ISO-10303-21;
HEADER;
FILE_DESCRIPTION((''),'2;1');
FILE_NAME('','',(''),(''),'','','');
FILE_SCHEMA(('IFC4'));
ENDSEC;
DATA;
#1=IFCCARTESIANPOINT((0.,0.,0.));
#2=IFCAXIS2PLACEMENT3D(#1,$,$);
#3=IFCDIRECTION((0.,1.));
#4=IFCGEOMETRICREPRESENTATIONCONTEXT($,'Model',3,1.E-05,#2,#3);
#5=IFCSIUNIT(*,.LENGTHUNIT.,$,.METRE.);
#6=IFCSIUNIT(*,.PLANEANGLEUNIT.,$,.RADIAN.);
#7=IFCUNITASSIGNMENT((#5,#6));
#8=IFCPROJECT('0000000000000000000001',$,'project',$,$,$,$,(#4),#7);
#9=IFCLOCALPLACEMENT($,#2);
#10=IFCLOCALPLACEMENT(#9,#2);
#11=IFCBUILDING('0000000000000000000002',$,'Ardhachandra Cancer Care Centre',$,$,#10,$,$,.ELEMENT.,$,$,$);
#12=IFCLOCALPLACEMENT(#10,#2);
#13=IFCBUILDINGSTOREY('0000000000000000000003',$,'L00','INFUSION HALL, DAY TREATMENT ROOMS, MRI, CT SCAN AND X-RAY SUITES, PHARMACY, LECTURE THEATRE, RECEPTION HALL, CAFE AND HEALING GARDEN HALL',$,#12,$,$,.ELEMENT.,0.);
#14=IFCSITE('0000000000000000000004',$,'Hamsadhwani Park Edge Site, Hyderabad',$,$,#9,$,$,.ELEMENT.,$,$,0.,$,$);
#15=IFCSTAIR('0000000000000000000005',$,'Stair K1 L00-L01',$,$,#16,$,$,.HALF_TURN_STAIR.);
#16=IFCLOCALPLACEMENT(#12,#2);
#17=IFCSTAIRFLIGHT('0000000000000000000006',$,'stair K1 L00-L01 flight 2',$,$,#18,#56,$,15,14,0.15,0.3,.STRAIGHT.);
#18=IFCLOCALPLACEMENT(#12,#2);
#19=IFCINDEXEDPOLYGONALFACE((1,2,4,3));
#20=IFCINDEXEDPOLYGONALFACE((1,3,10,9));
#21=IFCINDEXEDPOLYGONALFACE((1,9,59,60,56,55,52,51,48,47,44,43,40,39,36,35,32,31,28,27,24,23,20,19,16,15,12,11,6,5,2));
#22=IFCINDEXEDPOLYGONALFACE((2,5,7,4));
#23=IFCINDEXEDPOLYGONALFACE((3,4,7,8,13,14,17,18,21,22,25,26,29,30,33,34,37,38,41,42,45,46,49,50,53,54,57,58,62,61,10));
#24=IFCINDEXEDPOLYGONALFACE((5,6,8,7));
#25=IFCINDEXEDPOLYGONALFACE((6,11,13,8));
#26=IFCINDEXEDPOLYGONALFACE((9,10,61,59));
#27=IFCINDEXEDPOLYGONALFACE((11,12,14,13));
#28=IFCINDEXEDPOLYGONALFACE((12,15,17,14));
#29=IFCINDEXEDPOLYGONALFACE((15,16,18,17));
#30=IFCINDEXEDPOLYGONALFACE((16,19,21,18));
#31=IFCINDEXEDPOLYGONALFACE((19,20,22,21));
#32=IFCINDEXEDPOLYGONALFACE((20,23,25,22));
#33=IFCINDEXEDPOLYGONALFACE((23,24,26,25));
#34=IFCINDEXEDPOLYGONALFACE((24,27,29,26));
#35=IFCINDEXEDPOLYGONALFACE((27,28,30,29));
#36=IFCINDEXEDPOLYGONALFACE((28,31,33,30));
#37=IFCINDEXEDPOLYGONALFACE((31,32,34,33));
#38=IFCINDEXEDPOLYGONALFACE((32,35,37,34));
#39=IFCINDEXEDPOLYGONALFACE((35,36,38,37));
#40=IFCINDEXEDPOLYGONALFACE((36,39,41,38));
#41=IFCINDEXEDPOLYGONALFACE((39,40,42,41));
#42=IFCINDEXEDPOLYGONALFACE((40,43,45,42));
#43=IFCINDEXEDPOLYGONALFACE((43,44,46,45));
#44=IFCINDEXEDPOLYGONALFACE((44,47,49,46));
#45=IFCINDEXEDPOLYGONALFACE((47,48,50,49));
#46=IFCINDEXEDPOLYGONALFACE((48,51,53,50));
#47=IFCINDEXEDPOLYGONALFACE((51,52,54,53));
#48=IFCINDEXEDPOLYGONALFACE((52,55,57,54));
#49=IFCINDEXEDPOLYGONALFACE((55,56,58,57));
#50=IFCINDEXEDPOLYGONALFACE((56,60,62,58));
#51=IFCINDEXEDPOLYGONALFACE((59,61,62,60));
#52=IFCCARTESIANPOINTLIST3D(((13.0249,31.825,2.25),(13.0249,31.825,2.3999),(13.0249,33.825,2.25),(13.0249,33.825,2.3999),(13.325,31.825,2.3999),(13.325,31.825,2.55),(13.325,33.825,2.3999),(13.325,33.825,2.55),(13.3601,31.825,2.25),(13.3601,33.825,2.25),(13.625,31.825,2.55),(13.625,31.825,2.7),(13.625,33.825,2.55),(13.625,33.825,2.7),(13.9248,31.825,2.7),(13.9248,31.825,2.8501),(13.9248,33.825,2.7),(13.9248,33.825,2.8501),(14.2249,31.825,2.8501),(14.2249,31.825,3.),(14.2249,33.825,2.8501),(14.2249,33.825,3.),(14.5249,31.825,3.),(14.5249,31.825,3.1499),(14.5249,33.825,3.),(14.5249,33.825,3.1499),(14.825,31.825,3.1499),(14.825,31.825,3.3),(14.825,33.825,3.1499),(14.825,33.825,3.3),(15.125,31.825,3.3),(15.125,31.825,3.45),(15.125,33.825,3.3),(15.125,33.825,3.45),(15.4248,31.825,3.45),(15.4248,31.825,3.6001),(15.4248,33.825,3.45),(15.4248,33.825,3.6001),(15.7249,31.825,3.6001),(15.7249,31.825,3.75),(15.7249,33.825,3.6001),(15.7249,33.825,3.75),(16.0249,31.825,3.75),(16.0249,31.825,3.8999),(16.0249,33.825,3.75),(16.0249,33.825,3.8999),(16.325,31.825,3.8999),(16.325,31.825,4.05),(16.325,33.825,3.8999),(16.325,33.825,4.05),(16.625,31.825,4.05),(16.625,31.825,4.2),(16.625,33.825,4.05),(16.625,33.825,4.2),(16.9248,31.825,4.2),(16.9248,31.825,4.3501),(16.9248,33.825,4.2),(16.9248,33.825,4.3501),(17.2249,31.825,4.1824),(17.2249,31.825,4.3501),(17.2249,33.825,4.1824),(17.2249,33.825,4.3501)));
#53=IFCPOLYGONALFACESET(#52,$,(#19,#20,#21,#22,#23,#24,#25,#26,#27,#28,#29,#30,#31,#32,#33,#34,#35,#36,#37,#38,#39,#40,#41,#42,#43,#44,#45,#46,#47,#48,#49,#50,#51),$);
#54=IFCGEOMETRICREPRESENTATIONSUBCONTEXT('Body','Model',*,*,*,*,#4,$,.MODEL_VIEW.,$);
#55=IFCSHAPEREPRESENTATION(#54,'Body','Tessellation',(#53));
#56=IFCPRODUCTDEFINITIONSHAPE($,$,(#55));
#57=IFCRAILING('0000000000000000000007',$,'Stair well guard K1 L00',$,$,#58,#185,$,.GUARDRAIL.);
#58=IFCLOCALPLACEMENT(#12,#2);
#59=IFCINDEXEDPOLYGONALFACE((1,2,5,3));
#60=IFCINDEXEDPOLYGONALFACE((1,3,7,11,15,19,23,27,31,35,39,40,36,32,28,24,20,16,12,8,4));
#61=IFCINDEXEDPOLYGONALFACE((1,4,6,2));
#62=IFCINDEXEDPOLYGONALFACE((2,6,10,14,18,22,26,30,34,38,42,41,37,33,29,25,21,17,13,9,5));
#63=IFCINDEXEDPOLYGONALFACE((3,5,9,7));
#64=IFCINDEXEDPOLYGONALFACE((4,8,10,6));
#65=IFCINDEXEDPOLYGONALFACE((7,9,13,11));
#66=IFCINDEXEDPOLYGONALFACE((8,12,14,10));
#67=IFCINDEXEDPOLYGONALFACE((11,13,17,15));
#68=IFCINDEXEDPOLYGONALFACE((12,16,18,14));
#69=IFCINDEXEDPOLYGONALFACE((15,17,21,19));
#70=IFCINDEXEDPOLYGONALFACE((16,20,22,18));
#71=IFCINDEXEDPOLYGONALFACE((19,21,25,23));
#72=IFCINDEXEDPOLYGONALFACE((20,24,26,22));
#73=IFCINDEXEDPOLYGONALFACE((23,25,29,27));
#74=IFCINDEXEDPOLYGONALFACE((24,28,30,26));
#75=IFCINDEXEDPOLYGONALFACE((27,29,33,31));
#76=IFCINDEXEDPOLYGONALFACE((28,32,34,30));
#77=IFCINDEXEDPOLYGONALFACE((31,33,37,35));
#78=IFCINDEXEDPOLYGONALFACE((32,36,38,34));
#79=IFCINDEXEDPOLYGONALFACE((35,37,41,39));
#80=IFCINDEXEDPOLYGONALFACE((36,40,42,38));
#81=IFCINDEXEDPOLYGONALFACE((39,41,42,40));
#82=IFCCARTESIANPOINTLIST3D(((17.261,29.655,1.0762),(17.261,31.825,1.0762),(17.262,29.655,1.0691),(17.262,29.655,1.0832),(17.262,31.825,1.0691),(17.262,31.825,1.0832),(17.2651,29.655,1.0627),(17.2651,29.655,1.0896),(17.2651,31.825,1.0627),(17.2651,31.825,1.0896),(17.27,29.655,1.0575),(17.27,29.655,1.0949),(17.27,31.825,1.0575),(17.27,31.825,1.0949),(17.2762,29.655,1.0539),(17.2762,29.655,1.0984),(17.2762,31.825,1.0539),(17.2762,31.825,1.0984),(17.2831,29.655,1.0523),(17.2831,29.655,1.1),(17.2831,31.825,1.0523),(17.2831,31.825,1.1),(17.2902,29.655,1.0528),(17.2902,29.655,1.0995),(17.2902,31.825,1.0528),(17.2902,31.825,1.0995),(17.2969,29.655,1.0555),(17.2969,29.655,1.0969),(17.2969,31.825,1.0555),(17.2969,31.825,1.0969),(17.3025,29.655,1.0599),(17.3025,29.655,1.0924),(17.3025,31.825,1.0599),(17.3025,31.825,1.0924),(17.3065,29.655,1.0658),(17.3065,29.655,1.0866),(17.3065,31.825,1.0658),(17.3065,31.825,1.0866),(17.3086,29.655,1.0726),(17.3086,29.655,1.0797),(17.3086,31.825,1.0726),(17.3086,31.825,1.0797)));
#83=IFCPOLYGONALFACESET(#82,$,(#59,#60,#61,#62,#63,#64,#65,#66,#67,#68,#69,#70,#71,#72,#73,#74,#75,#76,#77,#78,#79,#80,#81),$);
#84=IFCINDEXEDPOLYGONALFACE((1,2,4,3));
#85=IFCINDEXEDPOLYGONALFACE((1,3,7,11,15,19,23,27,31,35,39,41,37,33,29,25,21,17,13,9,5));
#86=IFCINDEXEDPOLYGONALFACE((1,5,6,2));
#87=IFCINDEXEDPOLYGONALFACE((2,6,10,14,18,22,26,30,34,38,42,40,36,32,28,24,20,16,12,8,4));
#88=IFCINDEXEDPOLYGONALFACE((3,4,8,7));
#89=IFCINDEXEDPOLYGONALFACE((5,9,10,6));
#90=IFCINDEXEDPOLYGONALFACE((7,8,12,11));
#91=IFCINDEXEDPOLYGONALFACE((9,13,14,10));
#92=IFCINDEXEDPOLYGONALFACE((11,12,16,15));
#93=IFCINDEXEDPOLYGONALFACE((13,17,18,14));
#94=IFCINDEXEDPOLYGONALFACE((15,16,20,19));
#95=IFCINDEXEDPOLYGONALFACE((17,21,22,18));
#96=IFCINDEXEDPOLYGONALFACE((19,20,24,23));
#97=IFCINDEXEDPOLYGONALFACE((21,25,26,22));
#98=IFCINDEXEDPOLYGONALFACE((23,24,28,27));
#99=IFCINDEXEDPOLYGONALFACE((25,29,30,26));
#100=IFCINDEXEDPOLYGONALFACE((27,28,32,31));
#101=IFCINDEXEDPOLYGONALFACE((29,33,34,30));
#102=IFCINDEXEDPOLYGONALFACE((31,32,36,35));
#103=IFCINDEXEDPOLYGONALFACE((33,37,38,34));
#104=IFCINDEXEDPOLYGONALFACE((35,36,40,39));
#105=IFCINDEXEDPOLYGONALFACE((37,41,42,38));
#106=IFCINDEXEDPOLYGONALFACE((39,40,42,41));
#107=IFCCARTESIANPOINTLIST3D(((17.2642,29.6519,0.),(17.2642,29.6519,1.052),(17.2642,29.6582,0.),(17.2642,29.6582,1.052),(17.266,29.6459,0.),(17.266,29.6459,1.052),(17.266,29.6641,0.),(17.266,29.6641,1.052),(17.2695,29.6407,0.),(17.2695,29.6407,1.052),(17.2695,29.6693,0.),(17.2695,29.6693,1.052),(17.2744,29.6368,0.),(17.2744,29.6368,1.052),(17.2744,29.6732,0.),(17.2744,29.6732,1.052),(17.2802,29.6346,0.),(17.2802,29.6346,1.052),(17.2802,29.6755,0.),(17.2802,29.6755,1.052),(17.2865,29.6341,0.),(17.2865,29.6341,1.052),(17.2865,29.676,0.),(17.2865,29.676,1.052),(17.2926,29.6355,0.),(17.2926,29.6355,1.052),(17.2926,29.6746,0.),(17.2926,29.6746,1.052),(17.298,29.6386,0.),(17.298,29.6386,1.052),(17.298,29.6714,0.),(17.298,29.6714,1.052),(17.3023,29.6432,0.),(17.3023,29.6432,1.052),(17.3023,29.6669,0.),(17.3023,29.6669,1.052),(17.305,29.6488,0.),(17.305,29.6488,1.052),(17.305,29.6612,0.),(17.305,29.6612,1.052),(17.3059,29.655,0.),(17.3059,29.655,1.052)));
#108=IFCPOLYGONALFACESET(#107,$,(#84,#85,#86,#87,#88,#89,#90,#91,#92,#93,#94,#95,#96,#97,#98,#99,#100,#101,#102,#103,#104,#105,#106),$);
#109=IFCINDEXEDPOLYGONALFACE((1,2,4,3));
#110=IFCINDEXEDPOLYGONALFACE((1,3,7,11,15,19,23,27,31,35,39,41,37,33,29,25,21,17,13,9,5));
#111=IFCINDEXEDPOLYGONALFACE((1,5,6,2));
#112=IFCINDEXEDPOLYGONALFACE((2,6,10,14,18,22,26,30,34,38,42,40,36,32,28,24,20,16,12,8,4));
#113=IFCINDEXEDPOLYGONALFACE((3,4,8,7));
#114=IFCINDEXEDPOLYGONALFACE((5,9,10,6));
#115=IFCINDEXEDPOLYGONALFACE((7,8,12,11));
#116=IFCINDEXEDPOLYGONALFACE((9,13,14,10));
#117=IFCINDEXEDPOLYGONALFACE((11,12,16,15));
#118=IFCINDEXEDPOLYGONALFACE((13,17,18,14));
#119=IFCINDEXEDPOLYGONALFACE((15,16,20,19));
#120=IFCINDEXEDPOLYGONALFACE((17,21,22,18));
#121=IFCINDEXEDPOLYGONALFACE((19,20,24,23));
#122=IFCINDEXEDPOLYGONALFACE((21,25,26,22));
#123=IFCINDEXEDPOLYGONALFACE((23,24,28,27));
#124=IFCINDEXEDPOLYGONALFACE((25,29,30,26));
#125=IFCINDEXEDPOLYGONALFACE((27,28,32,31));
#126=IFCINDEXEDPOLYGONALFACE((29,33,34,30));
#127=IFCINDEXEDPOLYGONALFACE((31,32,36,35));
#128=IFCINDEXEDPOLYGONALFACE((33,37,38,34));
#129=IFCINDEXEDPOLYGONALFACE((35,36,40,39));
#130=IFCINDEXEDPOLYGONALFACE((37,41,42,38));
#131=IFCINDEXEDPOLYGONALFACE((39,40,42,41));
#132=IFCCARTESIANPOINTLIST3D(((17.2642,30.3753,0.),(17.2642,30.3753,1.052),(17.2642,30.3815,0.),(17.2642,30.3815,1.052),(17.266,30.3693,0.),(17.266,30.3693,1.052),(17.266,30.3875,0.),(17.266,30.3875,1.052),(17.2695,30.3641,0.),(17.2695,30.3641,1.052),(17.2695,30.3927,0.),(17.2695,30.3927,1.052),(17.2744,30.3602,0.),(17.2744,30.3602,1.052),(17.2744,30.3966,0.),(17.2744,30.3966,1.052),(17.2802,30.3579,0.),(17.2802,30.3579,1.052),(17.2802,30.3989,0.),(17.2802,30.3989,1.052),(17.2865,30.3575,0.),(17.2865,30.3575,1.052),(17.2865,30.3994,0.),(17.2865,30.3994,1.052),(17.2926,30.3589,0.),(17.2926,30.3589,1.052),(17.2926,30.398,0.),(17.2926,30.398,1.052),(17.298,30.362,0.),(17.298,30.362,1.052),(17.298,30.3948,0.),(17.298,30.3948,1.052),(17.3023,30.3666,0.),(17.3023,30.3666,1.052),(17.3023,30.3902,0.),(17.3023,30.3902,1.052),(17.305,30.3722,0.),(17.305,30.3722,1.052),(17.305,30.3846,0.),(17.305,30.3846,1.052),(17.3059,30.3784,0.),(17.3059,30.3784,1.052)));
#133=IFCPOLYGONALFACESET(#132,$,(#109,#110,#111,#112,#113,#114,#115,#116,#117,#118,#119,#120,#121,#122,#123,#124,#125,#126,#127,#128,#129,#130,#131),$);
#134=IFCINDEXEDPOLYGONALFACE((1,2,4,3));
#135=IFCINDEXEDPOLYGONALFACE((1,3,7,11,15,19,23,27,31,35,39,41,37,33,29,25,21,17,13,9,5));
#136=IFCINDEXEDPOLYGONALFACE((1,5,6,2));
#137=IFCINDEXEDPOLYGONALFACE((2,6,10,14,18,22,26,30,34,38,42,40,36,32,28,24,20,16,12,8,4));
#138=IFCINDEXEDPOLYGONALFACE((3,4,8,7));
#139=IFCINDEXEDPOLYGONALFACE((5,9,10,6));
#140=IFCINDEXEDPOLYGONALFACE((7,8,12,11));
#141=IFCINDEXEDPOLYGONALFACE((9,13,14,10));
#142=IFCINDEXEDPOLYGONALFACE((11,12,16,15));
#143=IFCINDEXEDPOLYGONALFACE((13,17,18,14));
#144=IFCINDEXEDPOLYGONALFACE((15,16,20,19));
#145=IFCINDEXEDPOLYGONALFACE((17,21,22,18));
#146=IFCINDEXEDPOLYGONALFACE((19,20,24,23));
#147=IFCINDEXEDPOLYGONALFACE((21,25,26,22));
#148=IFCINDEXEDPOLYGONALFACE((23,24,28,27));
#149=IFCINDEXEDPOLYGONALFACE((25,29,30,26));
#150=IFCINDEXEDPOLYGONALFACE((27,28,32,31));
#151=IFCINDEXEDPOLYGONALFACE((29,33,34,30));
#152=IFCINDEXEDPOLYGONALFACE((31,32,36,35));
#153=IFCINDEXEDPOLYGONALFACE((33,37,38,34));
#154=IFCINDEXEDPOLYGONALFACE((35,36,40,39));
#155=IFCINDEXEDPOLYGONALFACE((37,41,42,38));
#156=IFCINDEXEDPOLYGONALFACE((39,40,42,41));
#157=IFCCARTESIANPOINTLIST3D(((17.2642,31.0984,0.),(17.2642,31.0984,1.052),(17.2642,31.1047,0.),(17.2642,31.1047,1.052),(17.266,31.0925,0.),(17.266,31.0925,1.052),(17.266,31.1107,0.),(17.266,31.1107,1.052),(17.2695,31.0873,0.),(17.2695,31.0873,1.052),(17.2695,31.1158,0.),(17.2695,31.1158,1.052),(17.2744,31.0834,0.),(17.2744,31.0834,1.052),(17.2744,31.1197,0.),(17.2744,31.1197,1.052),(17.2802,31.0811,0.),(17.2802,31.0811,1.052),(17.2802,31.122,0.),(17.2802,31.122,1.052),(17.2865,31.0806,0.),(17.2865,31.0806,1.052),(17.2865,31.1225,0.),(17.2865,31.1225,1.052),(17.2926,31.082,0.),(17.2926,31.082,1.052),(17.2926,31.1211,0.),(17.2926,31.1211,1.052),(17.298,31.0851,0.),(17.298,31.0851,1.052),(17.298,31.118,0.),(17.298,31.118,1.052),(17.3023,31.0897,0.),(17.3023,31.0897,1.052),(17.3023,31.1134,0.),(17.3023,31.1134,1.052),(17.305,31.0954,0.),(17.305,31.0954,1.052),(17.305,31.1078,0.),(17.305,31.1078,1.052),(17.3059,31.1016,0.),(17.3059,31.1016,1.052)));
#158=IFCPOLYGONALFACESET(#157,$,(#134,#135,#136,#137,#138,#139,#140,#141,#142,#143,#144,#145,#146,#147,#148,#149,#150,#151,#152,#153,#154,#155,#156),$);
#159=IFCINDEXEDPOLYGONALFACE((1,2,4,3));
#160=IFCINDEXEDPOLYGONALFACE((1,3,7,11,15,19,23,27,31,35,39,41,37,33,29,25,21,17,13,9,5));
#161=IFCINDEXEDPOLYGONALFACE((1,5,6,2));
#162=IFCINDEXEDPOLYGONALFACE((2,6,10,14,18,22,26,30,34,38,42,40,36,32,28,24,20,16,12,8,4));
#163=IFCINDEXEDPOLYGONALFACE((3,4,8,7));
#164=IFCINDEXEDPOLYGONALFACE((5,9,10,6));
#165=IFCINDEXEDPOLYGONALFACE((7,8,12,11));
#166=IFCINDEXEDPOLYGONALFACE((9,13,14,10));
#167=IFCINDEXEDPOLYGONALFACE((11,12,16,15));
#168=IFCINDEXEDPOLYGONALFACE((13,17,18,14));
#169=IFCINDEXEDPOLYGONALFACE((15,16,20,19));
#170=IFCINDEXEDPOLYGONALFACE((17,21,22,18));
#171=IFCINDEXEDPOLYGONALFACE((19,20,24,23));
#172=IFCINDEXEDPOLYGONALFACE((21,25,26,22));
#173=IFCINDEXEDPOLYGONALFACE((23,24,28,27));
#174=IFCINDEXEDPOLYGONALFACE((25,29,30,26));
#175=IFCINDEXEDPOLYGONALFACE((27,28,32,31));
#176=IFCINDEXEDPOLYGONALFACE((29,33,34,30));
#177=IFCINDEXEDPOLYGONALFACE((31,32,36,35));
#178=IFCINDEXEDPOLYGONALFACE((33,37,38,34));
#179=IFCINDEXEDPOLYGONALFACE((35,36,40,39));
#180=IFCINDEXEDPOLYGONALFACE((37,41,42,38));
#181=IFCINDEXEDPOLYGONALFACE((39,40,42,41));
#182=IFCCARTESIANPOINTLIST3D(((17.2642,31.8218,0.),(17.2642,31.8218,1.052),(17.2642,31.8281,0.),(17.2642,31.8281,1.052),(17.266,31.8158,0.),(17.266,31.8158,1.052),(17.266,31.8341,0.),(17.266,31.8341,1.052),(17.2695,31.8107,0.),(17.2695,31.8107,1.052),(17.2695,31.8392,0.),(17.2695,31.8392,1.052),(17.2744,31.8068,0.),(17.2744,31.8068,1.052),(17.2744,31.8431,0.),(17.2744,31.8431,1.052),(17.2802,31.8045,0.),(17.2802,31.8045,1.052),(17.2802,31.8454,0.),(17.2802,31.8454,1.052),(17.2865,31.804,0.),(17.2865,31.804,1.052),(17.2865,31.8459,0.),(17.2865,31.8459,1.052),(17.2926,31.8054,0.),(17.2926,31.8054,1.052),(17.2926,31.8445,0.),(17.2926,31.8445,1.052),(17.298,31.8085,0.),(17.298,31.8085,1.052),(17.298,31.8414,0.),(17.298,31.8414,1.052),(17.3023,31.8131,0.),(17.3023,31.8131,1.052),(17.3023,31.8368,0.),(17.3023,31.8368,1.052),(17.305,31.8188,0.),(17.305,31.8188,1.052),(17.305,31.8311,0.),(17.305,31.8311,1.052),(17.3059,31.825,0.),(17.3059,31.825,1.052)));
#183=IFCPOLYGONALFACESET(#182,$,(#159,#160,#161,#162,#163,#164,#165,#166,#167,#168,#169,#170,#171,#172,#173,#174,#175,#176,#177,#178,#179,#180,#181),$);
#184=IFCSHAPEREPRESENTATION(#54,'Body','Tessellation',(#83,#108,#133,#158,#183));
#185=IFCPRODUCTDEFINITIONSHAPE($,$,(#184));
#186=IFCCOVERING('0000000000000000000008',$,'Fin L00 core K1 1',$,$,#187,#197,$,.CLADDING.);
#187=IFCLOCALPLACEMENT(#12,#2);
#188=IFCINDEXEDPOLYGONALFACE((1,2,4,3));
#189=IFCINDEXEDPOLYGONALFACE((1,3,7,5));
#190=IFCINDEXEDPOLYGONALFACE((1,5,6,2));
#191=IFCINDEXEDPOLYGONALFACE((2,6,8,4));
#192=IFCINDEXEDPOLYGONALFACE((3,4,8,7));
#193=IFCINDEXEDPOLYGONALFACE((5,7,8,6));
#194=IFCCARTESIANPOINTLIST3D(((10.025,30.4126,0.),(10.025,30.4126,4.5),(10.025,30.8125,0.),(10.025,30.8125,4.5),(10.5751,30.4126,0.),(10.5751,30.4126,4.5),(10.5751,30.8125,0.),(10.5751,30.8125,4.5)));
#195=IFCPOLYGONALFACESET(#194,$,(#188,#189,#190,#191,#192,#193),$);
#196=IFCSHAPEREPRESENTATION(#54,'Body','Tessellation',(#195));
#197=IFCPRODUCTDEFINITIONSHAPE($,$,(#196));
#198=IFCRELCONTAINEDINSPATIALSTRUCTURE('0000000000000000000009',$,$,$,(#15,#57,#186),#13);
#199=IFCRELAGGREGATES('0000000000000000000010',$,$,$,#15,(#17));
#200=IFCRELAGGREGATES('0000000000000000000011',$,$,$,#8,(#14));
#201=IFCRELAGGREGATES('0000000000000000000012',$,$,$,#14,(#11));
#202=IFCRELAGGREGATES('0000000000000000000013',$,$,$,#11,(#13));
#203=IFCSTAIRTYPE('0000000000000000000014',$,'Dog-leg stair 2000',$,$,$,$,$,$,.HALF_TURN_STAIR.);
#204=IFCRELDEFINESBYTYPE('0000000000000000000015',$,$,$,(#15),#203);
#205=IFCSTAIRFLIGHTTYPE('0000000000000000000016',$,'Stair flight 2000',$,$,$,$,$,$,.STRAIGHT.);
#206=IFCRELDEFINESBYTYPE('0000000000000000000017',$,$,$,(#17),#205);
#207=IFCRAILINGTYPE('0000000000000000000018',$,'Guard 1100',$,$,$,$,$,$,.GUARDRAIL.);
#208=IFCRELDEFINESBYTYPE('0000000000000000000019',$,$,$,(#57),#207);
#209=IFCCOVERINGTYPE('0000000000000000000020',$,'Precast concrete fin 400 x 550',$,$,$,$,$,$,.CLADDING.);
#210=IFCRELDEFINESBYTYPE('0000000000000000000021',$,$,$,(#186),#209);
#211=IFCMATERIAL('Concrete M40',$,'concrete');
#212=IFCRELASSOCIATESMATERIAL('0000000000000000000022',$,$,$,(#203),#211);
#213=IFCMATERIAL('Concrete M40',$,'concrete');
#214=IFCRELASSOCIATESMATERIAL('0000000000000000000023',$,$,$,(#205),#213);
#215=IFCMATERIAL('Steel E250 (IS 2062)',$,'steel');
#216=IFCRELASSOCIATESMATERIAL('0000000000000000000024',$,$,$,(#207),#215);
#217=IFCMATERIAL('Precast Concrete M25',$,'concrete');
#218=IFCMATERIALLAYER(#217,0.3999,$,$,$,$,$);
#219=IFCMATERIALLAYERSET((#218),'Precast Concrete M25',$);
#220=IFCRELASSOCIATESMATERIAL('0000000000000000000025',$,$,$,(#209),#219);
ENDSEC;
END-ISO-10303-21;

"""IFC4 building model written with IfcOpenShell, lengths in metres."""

from ifc_helpers import new_model, si_unit, direction, frame, origin, origin_2d, place, context, subcontext, project, spatial, polyline, rectangle, circle, outline, extrude, material, layer, layer_set, type_object, element, aggregate, save


model = new_model("IFC4")

# Units and contexts
model_context = context("Model", 3, precision=1e-05, world=origin(), true_north=direction((0.0, 1.0)))
body_context = subcontext(model_context, "Body", "Model", "MODEL_VIEW")
ifc_project = project(units=[si_unit("LENGTHUNIT", "METRE"), si_unit("PLANEANGLEUNIT", "RADIAN")], contexts=[model_context])

# Site, building, storey
site_placement = place(None, origin())
site = spatial("IfcSite", under=ifc_project, at=site_placement, Name="Hamsadhwani Park Edge Site, Hyderabad", CompositionType="ELEMENT", RefElevation=0.0)
building_placement = place(site_placement, origin())
building = spatial("IfcBuilding", under=site, at=building_placement, Name="Ardhachandra Cancer Care Centre", CompositionType="ELEMENT")
storey_placement = place(building_placement, origin())
storey = spatial("IfcBuildingStorey", under=building, at=storey_placement, Name="L00", Description="INFUSION HALL, DAY TREATMENT ROOMS, MRI, CT SCAN AND X-RAY SUITES, PHARMACY, LECTURE THEATRE, RECEPTION HALL, CAFE AND HEALING GARDEN HALL", CompositionType="ELEMENT", Elevation=0.0)

# Stair, stair flight
ifc_material_1 = material(Name="Concrete M40", Category="concrete")
stair_type = type_object("IfcStairType", Name="Dog-leg stair 2000", PredefinedType="HALF_TURN_STAIR", material=ifc_material_1)
stair_placement = place(storey_placement, origin())
stair = element("IfcStair", 1, at=stair_placement, inside=storey, type_object=stair_type, Name="Stair K1 L00-L01", PredefinedType="HALF_TURN_STAIR")
ifc_material_2 = material(Name="Concrete M40", Category="concrete")
stair_flight_type = type_object("IfcStairFlightType", Name="Stair flight 2000", PredefinedType="STRAIGHT", material=ifc_material_2)
stair_flight_1_placement = place(storey_placement, frame((13.0249, 32.825, 2.25), z_axis=(0.0, 0.0, 1.0), x_axis=(1.0, 0.0, 0.0)))
stair_flight_1 = element("IfcStairFlight", 2, at=stair_flight_1_placement, type_object=stair_flight_type, Name="stair K1 L00-L01 flight 2", NumberOfRisers=15, NumberOfTreads=14, PredefinedType="STRAIGHT", RiserHeight=0.15, TreadLength=0.3, context=body_context, shape_type="SweptSolid", body=[
    extrude(outline(polyline([(0.0, 0.0), (0.0, 0.1499), (0.3, 0.1499), (0.3, 0.3), (0.6001, 0.3), (0.6001, 0.45), (0.8999, 0.45), (0.8999, 0.6001), (1.2, 0.6001), (1.2, 0.75), (1.5, 0.75), (1.5, 0.8999), (1.8, 0.8999), (1.8, 1.05), (2.1001, 1.05), (2.1001, 1.2), (2.3999, 1.2), (2.3999, 1.3501), (2.7, 1.3501), (2.7, 1.5), (3.0, 1.5), (3.0, 1.6499), (3.3, 1.6499), (3.3, 1.8), (3.6001, 1.8), (3.6001, 1.95), (3.8999, 1.95), (3.8999, 2.1001), (4.2, 2.1001), (4.2, 2.25), (4.2, 1.9324), (0.3352, 0.0), (0.0, 0.0)])), frame((0.0, 1.0, 0.0), z_axis=(0.0, -1.0, 0.0), x_axis=(1.0, 0.0, 0.0)), (0.0, 0.0, 1.0), 2.0),
])
aggregate(stair, [stair_flight_1])

# Railing
ifc_material_3 = material(Name="Steel E250 (IS 2062)", Category="steel")
railing_type_1 = type_object("IfcRailingType", Name="Guard 1100", PredefinedType="GUARDRAIL", material=ifc_material_3)
railing_1_placement = place(storey_placement, frame((17.2849, 29.655, 0.0)))
element("IfcRailing", 3, at=railing_1_placement, inside=storey, type_object=railing_type_1, Name="Stair well guard K1 L00", PredefinedType="GUARDRAIL", context=body_context, shape_type="SweptSolid", body=[
    extrude(circle(Radius=0.0239, at=origin_2d()), frame((0.0, 0.0, 1.0762), z_axis=(0.0, 1.0, 0.0), x_axis=(-1.0, 0.0, 0.0)), (0.0, 0.0, 1.0), 2.1699),
    extrude(circle(Radius=0.021, at=origin_2d()), origin(), (0.0, 0.0, 1.0), 1.052),
    extrude(circle(Radius=0.021, at=origin_2d()), frame((0.0, 0.7234, 0.0)), (0.0, 0.0, 1.0), 1.052),
    extrude(circle(Radius=0.021, at=origin_2d()), frame((0.0, 1.4465, 0.0)), (0.0, 0.0, 1.0), 1.052),
    extrude(circle(Radius=0.021, at=origin_2d()), frame((0.0, 2.1699, 0.0)), (0.0, 0.0, 1.0), 1.052),
])

# Covering
ifc_material_4 = material(Name="Precast Concrete M25", Category="concrete")
ifc_layer_1 = layer(ifc_material_4, 0.3999)
ifc_layer_set_1 = layer_set([ifc_layer_1], Name="Precast Concrete M25")
covering_type = type_object("IfcCoveringType", Name="Precast concrete fin 400 x 550", PredefinedType="CLADDING", material=ifc_layer_set_1)
for number, where, z_axis, x_axis, name in (
    (4, (10.3, 30.6125, 0.0), (0.0, 0.0, 1.0), (0.0, 1.0, 0.0), "Fin L00 core K1 1"),
):
    element("IfcCovering", number, at=place(storey_placement, frame(where, z_axis=z_axis, x_axis=x_axis)), inside=storey, type_object=covering_type, Name=name, PredefinedType="CLADDING", context=body_context, shape_type="SweptSolid", body=[
        extrude(rectangle(XDim=0.3999, YDim=0.55, at=origin_2d()), origin(), (0.0, 0.0, 1.0), 4.5),
    ])

save(model, "model.ifc")
